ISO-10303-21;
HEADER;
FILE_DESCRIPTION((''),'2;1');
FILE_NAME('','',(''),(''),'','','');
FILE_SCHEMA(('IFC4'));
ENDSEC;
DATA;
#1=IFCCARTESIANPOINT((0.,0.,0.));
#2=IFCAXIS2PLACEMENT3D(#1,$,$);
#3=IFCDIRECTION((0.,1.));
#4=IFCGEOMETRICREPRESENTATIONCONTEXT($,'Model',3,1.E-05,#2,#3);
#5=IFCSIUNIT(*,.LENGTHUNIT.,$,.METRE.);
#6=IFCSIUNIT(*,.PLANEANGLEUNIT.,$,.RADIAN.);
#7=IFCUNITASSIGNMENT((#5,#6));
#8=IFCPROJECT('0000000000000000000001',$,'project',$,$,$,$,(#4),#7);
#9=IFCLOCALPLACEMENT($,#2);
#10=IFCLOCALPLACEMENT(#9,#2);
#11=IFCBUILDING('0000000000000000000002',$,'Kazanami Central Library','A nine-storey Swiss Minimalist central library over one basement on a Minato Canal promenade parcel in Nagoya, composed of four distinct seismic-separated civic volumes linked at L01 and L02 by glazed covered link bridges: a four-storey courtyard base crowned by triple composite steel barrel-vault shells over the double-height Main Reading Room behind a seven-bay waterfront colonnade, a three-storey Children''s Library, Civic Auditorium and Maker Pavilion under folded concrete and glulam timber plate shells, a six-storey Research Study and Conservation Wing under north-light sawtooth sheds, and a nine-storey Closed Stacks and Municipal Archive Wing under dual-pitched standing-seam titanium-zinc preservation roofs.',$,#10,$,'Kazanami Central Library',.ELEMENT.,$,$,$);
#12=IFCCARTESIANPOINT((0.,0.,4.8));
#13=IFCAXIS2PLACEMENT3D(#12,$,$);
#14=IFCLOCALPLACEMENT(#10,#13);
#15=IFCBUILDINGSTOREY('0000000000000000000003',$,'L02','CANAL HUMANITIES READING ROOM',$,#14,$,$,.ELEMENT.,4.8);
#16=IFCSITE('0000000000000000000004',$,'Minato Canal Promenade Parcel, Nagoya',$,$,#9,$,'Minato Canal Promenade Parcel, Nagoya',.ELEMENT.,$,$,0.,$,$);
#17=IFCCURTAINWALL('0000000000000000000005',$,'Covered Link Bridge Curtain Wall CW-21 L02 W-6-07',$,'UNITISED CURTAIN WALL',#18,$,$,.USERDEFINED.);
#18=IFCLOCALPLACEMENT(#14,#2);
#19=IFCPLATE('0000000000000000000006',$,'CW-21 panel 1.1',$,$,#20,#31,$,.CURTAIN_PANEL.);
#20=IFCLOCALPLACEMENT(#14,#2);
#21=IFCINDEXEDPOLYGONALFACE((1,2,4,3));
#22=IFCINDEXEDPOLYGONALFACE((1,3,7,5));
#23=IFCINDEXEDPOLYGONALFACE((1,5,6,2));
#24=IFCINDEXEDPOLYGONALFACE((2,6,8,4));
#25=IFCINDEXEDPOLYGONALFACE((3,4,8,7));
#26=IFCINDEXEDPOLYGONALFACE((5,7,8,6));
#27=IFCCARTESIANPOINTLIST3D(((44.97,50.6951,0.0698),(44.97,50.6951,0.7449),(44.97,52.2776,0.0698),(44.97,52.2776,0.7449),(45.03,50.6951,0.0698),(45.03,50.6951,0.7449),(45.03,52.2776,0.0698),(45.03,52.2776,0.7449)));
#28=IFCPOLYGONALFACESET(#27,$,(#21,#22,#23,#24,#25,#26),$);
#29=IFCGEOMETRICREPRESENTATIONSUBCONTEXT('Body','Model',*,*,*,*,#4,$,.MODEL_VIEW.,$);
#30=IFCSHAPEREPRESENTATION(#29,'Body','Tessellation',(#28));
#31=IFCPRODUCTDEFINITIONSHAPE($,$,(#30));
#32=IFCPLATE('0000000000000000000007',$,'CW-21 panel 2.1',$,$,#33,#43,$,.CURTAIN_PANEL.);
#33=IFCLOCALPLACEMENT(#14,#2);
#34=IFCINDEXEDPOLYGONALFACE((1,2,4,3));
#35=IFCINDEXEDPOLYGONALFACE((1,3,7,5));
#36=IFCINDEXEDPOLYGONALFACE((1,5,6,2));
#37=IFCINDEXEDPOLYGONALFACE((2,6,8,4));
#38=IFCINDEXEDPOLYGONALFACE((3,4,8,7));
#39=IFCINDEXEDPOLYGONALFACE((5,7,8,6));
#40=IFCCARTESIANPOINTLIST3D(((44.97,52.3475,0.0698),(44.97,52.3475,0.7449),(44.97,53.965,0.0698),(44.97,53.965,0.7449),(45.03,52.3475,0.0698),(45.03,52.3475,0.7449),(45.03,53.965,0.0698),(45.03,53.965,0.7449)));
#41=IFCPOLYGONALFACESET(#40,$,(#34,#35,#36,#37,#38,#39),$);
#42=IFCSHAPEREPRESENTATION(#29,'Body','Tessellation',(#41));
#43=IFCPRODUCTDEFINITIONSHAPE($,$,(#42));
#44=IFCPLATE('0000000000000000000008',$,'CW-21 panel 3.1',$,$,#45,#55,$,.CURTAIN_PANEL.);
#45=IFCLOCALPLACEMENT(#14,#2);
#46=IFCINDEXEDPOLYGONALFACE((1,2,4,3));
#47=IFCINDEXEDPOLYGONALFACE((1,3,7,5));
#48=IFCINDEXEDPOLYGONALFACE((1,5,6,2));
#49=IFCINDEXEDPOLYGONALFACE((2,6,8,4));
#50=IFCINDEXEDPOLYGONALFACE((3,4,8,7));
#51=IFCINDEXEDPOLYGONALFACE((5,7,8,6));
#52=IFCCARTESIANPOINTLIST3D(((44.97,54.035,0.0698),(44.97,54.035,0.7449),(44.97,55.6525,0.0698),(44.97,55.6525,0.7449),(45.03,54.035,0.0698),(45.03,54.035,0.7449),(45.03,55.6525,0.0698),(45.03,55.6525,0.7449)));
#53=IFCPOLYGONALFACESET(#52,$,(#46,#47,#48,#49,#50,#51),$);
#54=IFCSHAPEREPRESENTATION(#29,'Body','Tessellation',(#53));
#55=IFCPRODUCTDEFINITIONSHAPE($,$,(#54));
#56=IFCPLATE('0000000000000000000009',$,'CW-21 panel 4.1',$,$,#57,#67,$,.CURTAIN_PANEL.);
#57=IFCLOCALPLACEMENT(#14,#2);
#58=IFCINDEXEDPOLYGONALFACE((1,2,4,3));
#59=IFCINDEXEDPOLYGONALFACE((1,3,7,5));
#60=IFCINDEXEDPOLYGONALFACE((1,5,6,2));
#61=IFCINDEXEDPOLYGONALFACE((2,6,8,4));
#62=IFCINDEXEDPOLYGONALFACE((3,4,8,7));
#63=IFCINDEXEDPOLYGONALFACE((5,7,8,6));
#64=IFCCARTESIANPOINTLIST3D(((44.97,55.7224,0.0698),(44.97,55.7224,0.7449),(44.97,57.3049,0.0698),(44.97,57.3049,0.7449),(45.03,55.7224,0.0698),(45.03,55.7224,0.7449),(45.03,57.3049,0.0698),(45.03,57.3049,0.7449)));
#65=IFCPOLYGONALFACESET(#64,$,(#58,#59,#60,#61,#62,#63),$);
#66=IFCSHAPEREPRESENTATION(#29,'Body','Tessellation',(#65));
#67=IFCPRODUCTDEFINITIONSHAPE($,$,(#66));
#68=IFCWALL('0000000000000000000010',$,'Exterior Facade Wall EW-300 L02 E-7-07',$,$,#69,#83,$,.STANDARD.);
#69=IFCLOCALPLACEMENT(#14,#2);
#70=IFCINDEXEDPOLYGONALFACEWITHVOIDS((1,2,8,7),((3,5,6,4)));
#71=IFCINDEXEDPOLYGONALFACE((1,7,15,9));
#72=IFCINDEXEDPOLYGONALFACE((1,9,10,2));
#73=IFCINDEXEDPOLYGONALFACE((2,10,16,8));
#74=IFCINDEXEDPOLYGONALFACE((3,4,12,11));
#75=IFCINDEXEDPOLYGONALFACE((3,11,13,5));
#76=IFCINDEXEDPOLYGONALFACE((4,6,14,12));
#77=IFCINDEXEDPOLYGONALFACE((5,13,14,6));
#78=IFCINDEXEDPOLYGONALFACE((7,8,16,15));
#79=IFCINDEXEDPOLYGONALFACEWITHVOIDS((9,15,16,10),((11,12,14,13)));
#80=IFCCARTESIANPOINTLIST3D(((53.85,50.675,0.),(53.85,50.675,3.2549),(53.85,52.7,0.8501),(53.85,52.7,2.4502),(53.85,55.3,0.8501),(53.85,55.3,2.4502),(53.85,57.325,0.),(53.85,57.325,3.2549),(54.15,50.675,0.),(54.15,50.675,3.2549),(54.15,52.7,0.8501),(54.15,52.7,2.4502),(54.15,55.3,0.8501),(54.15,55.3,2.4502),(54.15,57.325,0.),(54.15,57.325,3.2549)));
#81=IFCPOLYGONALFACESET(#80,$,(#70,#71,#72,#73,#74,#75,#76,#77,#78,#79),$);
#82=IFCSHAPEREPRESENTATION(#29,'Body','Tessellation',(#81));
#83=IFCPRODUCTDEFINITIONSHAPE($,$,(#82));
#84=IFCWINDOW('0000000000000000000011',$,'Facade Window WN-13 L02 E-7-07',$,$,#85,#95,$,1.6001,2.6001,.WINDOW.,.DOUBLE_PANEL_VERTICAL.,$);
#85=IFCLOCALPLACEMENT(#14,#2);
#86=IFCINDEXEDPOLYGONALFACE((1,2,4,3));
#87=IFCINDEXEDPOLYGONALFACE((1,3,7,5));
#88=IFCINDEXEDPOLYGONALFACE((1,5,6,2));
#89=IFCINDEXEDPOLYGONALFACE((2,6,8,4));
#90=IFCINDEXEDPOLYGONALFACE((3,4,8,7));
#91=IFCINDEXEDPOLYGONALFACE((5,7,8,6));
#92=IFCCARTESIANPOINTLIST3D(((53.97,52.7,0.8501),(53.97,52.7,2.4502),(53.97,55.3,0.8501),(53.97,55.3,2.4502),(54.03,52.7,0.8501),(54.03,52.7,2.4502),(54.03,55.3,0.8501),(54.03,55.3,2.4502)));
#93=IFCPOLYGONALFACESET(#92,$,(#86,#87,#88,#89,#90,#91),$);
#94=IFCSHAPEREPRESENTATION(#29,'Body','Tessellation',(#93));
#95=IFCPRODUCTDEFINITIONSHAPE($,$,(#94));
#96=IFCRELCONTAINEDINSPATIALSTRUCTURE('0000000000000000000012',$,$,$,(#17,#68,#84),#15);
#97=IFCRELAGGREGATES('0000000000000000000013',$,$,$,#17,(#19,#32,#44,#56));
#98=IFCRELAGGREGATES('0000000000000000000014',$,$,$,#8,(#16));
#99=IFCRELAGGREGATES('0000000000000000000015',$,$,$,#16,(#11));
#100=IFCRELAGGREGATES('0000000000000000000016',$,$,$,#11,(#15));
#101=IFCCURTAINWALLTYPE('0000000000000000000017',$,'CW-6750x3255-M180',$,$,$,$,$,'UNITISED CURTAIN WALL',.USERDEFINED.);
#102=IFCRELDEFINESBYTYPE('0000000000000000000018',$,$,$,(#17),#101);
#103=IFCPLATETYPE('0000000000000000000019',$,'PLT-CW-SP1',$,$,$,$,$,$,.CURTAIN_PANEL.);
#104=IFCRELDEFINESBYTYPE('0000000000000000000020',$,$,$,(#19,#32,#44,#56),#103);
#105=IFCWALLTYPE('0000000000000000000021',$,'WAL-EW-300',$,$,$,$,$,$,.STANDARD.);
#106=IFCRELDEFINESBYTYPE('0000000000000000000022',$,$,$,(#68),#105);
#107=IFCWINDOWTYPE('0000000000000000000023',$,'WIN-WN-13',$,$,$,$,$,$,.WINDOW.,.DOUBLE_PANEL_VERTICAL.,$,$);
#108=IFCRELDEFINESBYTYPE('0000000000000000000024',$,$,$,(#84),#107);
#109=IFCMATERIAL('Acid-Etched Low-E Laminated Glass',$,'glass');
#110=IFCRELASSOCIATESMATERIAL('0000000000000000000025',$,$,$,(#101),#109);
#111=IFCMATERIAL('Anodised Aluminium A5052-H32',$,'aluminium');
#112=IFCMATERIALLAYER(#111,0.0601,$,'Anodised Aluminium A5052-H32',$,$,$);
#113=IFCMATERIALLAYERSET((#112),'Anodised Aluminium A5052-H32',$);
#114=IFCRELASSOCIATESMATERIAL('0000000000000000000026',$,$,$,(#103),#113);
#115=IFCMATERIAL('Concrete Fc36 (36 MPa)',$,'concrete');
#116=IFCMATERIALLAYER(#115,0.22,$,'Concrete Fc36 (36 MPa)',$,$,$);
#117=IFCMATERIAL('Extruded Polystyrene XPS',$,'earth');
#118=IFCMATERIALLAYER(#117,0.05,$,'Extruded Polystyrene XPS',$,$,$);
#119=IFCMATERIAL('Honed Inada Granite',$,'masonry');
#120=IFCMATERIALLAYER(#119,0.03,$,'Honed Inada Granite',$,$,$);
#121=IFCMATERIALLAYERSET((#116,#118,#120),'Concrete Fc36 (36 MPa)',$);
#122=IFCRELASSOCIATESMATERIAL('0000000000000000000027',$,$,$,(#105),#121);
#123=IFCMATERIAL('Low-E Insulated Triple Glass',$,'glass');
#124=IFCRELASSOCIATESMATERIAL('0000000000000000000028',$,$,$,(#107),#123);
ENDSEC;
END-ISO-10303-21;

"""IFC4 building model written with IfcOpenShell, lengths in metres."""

from ifc_helpers import new_model, si_unit, direction, frame, frame_2d, origin, origin_2d, place, context, subcontext, project, spatial, rectangle, extrude, material, layer, layer_set, type_object, element, fill, aggregate, save


model = new_model("IFC4")

# Units and contexts
model_context = context("Model", 3, precision=1e-05, world=origin(), true_north=direction((0.0, 1.0)))
body_context = subcontext(model_context, "Body", "Model", "MODEL_VIEW")
ifc_project = project(units=[si_unit("LENGTHUNIT", "METRE"), si_unit("PLANEANGLEUNIT", "RADIAN")], contexts=[model_context])

# Site, building, storey
site_placement = place(None, origin())
site = spatial("IfcSite", under=ifc_project, at=site_placement, Name="Minato Canal Promenade Parcel, Nagoya", LongName="Minato Canal Promenade Parcel, Nagoya", CompositionType="ELEMENT", RefElevation=0.0)
building_placement = place(site_placement, origin())
building = spatial("IfcBuilding", under=site, at=building_placement, Name="Kazanami Central Library", Description="A nine-storey Swiss Minimalist central library over one basement on a Minato Canal promenade parcel in Nagoya, composed of four distinct seismic-separated civic volumes linked at L01 and L02 by glazed covered link bridges: a four-storey courtyard base crowned by triple composite steel barrel-vault shells over the double-height Main Reading Room behind a seven-bay waterfront colonnade, a three-storey Children's Library, Civic Auditorium and Maker Pavilion under folded concrete and glulam timber plate shells, a six-storey Research Study and Conservation Wing under north-light sawtooth sheds, and a nine-storey Closed Stacks and Municipal Archive Wing under dual-pitched standing-seam titanium-zinc preservation roofs.", LongName="Kazanami Central Library", CompositionType="ELEMENT")
storey_placement = place(building_placement, frame((0.0, 0.0, 4.8)))
storey = spatial("IfcBuildingStorey", under=building, at=storey_placement, Name="L02", Description="CANAL HUMANITIES READING ROOM", CompositionType="ELEMENT", Elevation=4.8)

# Shared definitions
ifc_material_1 = material(Name="Acid-Etched Low-E Laminated Glass", Category="glass")
curtain_wall_type_1 = type_object("IfcCurtainWallType", Name="CW-6750x3255-M180", ElementType="UNITISED CURTAIN WALL", PredefinedType="USERDEFINED", material=ifc_material_1)

# Curtain wall
curtain_wall_1_placement = place(storey_placement, origin())
curtain_wall_1 = element("IfcCurtainWall", 1, at=curtain_wall_1_placement, inside=storey, type_object=curtain_wall_type_1, Name="Covered Link Bridge Curtain Wall CW-21 L02 W-6-07", ObjectType="UNITISED CURTAIN WALL", PredefinedType="USERDEFINED")

# Plates
ifc_material_2 = material(Name="Low-E Insulated Triple Glass", Category="glass")
ifc_material_3 = material(Name="Anodised Aluminium A5052-H32", Category="aluminium")
ifc_layer_1 = layer(ifc_material_3, 0.0601, Name="Anodised Aluminium A5052-H32")
ifc_layer_set_1 = layer_set([ifc_layer_1], Name="Anodised Aluminium A5052-H32")
plate_type_1 = type_object("IfcPlateType", Name="PLT-CW-SP1", PredefinedType="CURTAIN_PANEL", material=ifc_layer_set_1)
plate_1_placement = place(storey_placement, frame((45.0, 51.4863, 0.0698), z_axis=(0.0, 0.0, 1.0), x_axis=(0.0, 1.0, 0.0)))
plate_1 = element("IfcPlate", 2, at=plate_1_placement, type_object=plate_type_1, Name="CW-21 panel 1.1", PredefinedType="CURTAIN_PANEL", context=body_context, shape_type="SweptSolid", body=[
    extrude(rectangle(XDim=1.5825, YDim=0.0601, at=origin_2d()), origin(), (0.0, 0.0, 1.0), 0.675),
])
plate_2_placement = place(storey_placement, frame((45.0, 53.1562, 0.0698), z_axis=(0.0, 0.0, 1.0), x_axis=(0.0, 1.0, 0.0)))
plate_2 = element("IfcPlate", 3, at=plate_2_placement, type_object=plate_type_1, Name="CW-21 panel 2.1", PredefinedType="CURTAIN_PANEL", context=body_context, shape_type="SweptSolid", body=[
    extrude(rectangle(XDim=1.6174, YDim=0.0601, at=origin_2d()), origin(), (0.0, 0.0, 1.0), 0.675),
])
plate_3_placement = place(storey_placement, frame((45.0, 54.8438, 0.0698), z_axis=(0.0, 0.0, 1.0), x_axis=(0.0, 1.0, 0.0)))
plate_3 = element("IfcPlate", 4, at=plate_3_placement, type_object=plate_type_1, Name="CW-21 panel 3.1", PredefinedType="CURTAIN_PANEL", context=body_context, shape_type="SweptSolid", body=[
    extrude(rectangle(XDim=1.6174, YDim=0.0601, at=origin_2d()), origin(), (0.0, 0.0, 1.0), 0.675),
])
plate_4_placement = place(storey_placement, frame((45.0, 56.5137, 0.0698), z_axis=(0.0, 0.0, 1.0), x_axis=(0.0, 1.0, 0.0)))
plate_4 = element("IfcPlate", 5, at=plate_4_placement, type_object=plate_type_1, Name="CW-21 panel 4.1", PredefinedType="CURTAIN_PANEL", context=body_context, shape_type="SweptSolid", body=[
    extrude(rectangle(XDim=1.5825, YDim=0.0601, at=origin_2d()), origin(), (0.0, 0.0, 1.0), 0.675),
])
aggregate(curtain_wall_1, [plate_1, plate_2, plate_3, plate_4])

# Wall, opening, window
ifc_material_4 = material(Name="Concrete Fc36 (36 MPa)", Category="concrete")
ifc_layer_2 = layer(ifc_material_4, 0.22, Name="Concrete Fc36 (36 MPa)")
ifc_material_5 = material(Name="Extruded Polystyrene XPS", Category="earth")
ifc_layer_3 = layer(ifc_material_5, 0.05, Name="Extruded Polystyrene XPS")
ifc_material_6 = material(Name="Honed Inada Granite", Category="masonry")
ifc_layer_4 = layer(ifc_material_6, 0.03, Name="Honed Inada Granite")
ifc_layer_set_2 = layer_set([ifc_layer_2, ifc_layer_3, ifc_layer_4], Name="Concrete Fc36 (36 MPa)")
wall_type = type_object("IfcWallType", Name="WAL-EW-300", PredefinedType="STANDARD", material=ifc_layer_set_2)
wall_placement = place(storey_placement, frame((54.0, 57.325, 0.0), z_axis=(0.0, 0.0, 1.0), x_axis=(0.0, -1.0, 0.0)))
wall = element("IfcWall", 6, at=wall_placement, inside=storey, type_object=wall_type, Name="Exterior Facade Wall EW-300 L02 E-7-07", PredefinedType="STANDARD", context=body_context, shape_type="SweptSolid", body=[
    extrude(rectangle(XDim=6.6499, YDim=0.3, at=frame_2d((3.325, 0.0))), origin(), (0.0, 0.0, 1.0), 3.2549),
])
opening_placement = place(wall_placement, frame((2.0249, 0.0, 0.8501)))
opening = element("IfcOpeningElement", 7, at=opening_placement, cuts=wall, PredefinedType="OPENING", context=body_context, shape_type="SweptSolid", body=[
    extrude(rectangle(XDim=2.6001, YDim=1.6001, at=frame_2d((1.3, 0.8))), frame((0.0, 0.1621, 0.0), z_axis=(0.0, -1.0, 0.0), x_axis=(1.0, 0.0, 0.0)), (0.0, 0.0, 1.0), 0.324),
])
window_type = type_object("IfcWindowType", Name="WIN-WN-13", PartitioningType="DOUBLE_PANEL_VERTICAL", PredefinedType="WINDOW", material=ifc_material_2)
window_placement = place(opening_placement, origin())
window = element("IfcWindow", 8, at=window_placement, inside=storey, type_object=window_type, Name="Facade Window WN-13 L02 E-7-07", OverallHeight=1.6001, OverallWidth=2.6001, PartitioningType="DOUBLE_PANEL_VERTICAL", PredefinedType="WINDOW", context=body_context, shape_type="SweptSolid", body=[
    extrude(rectangle(XDim=2.6001, YDim=1.6001, at=frame_2d((1.3, 0.8))), frame((0.0, 0.03, 0.0), z_axis=(0.0, -1.0, 0.0), x_axis=(1.0, 0.0, 0.0)), (0.0, 0.0, 1.0), 0.0601),
])
fill(opening, window)

save(model, "model.ifc")
